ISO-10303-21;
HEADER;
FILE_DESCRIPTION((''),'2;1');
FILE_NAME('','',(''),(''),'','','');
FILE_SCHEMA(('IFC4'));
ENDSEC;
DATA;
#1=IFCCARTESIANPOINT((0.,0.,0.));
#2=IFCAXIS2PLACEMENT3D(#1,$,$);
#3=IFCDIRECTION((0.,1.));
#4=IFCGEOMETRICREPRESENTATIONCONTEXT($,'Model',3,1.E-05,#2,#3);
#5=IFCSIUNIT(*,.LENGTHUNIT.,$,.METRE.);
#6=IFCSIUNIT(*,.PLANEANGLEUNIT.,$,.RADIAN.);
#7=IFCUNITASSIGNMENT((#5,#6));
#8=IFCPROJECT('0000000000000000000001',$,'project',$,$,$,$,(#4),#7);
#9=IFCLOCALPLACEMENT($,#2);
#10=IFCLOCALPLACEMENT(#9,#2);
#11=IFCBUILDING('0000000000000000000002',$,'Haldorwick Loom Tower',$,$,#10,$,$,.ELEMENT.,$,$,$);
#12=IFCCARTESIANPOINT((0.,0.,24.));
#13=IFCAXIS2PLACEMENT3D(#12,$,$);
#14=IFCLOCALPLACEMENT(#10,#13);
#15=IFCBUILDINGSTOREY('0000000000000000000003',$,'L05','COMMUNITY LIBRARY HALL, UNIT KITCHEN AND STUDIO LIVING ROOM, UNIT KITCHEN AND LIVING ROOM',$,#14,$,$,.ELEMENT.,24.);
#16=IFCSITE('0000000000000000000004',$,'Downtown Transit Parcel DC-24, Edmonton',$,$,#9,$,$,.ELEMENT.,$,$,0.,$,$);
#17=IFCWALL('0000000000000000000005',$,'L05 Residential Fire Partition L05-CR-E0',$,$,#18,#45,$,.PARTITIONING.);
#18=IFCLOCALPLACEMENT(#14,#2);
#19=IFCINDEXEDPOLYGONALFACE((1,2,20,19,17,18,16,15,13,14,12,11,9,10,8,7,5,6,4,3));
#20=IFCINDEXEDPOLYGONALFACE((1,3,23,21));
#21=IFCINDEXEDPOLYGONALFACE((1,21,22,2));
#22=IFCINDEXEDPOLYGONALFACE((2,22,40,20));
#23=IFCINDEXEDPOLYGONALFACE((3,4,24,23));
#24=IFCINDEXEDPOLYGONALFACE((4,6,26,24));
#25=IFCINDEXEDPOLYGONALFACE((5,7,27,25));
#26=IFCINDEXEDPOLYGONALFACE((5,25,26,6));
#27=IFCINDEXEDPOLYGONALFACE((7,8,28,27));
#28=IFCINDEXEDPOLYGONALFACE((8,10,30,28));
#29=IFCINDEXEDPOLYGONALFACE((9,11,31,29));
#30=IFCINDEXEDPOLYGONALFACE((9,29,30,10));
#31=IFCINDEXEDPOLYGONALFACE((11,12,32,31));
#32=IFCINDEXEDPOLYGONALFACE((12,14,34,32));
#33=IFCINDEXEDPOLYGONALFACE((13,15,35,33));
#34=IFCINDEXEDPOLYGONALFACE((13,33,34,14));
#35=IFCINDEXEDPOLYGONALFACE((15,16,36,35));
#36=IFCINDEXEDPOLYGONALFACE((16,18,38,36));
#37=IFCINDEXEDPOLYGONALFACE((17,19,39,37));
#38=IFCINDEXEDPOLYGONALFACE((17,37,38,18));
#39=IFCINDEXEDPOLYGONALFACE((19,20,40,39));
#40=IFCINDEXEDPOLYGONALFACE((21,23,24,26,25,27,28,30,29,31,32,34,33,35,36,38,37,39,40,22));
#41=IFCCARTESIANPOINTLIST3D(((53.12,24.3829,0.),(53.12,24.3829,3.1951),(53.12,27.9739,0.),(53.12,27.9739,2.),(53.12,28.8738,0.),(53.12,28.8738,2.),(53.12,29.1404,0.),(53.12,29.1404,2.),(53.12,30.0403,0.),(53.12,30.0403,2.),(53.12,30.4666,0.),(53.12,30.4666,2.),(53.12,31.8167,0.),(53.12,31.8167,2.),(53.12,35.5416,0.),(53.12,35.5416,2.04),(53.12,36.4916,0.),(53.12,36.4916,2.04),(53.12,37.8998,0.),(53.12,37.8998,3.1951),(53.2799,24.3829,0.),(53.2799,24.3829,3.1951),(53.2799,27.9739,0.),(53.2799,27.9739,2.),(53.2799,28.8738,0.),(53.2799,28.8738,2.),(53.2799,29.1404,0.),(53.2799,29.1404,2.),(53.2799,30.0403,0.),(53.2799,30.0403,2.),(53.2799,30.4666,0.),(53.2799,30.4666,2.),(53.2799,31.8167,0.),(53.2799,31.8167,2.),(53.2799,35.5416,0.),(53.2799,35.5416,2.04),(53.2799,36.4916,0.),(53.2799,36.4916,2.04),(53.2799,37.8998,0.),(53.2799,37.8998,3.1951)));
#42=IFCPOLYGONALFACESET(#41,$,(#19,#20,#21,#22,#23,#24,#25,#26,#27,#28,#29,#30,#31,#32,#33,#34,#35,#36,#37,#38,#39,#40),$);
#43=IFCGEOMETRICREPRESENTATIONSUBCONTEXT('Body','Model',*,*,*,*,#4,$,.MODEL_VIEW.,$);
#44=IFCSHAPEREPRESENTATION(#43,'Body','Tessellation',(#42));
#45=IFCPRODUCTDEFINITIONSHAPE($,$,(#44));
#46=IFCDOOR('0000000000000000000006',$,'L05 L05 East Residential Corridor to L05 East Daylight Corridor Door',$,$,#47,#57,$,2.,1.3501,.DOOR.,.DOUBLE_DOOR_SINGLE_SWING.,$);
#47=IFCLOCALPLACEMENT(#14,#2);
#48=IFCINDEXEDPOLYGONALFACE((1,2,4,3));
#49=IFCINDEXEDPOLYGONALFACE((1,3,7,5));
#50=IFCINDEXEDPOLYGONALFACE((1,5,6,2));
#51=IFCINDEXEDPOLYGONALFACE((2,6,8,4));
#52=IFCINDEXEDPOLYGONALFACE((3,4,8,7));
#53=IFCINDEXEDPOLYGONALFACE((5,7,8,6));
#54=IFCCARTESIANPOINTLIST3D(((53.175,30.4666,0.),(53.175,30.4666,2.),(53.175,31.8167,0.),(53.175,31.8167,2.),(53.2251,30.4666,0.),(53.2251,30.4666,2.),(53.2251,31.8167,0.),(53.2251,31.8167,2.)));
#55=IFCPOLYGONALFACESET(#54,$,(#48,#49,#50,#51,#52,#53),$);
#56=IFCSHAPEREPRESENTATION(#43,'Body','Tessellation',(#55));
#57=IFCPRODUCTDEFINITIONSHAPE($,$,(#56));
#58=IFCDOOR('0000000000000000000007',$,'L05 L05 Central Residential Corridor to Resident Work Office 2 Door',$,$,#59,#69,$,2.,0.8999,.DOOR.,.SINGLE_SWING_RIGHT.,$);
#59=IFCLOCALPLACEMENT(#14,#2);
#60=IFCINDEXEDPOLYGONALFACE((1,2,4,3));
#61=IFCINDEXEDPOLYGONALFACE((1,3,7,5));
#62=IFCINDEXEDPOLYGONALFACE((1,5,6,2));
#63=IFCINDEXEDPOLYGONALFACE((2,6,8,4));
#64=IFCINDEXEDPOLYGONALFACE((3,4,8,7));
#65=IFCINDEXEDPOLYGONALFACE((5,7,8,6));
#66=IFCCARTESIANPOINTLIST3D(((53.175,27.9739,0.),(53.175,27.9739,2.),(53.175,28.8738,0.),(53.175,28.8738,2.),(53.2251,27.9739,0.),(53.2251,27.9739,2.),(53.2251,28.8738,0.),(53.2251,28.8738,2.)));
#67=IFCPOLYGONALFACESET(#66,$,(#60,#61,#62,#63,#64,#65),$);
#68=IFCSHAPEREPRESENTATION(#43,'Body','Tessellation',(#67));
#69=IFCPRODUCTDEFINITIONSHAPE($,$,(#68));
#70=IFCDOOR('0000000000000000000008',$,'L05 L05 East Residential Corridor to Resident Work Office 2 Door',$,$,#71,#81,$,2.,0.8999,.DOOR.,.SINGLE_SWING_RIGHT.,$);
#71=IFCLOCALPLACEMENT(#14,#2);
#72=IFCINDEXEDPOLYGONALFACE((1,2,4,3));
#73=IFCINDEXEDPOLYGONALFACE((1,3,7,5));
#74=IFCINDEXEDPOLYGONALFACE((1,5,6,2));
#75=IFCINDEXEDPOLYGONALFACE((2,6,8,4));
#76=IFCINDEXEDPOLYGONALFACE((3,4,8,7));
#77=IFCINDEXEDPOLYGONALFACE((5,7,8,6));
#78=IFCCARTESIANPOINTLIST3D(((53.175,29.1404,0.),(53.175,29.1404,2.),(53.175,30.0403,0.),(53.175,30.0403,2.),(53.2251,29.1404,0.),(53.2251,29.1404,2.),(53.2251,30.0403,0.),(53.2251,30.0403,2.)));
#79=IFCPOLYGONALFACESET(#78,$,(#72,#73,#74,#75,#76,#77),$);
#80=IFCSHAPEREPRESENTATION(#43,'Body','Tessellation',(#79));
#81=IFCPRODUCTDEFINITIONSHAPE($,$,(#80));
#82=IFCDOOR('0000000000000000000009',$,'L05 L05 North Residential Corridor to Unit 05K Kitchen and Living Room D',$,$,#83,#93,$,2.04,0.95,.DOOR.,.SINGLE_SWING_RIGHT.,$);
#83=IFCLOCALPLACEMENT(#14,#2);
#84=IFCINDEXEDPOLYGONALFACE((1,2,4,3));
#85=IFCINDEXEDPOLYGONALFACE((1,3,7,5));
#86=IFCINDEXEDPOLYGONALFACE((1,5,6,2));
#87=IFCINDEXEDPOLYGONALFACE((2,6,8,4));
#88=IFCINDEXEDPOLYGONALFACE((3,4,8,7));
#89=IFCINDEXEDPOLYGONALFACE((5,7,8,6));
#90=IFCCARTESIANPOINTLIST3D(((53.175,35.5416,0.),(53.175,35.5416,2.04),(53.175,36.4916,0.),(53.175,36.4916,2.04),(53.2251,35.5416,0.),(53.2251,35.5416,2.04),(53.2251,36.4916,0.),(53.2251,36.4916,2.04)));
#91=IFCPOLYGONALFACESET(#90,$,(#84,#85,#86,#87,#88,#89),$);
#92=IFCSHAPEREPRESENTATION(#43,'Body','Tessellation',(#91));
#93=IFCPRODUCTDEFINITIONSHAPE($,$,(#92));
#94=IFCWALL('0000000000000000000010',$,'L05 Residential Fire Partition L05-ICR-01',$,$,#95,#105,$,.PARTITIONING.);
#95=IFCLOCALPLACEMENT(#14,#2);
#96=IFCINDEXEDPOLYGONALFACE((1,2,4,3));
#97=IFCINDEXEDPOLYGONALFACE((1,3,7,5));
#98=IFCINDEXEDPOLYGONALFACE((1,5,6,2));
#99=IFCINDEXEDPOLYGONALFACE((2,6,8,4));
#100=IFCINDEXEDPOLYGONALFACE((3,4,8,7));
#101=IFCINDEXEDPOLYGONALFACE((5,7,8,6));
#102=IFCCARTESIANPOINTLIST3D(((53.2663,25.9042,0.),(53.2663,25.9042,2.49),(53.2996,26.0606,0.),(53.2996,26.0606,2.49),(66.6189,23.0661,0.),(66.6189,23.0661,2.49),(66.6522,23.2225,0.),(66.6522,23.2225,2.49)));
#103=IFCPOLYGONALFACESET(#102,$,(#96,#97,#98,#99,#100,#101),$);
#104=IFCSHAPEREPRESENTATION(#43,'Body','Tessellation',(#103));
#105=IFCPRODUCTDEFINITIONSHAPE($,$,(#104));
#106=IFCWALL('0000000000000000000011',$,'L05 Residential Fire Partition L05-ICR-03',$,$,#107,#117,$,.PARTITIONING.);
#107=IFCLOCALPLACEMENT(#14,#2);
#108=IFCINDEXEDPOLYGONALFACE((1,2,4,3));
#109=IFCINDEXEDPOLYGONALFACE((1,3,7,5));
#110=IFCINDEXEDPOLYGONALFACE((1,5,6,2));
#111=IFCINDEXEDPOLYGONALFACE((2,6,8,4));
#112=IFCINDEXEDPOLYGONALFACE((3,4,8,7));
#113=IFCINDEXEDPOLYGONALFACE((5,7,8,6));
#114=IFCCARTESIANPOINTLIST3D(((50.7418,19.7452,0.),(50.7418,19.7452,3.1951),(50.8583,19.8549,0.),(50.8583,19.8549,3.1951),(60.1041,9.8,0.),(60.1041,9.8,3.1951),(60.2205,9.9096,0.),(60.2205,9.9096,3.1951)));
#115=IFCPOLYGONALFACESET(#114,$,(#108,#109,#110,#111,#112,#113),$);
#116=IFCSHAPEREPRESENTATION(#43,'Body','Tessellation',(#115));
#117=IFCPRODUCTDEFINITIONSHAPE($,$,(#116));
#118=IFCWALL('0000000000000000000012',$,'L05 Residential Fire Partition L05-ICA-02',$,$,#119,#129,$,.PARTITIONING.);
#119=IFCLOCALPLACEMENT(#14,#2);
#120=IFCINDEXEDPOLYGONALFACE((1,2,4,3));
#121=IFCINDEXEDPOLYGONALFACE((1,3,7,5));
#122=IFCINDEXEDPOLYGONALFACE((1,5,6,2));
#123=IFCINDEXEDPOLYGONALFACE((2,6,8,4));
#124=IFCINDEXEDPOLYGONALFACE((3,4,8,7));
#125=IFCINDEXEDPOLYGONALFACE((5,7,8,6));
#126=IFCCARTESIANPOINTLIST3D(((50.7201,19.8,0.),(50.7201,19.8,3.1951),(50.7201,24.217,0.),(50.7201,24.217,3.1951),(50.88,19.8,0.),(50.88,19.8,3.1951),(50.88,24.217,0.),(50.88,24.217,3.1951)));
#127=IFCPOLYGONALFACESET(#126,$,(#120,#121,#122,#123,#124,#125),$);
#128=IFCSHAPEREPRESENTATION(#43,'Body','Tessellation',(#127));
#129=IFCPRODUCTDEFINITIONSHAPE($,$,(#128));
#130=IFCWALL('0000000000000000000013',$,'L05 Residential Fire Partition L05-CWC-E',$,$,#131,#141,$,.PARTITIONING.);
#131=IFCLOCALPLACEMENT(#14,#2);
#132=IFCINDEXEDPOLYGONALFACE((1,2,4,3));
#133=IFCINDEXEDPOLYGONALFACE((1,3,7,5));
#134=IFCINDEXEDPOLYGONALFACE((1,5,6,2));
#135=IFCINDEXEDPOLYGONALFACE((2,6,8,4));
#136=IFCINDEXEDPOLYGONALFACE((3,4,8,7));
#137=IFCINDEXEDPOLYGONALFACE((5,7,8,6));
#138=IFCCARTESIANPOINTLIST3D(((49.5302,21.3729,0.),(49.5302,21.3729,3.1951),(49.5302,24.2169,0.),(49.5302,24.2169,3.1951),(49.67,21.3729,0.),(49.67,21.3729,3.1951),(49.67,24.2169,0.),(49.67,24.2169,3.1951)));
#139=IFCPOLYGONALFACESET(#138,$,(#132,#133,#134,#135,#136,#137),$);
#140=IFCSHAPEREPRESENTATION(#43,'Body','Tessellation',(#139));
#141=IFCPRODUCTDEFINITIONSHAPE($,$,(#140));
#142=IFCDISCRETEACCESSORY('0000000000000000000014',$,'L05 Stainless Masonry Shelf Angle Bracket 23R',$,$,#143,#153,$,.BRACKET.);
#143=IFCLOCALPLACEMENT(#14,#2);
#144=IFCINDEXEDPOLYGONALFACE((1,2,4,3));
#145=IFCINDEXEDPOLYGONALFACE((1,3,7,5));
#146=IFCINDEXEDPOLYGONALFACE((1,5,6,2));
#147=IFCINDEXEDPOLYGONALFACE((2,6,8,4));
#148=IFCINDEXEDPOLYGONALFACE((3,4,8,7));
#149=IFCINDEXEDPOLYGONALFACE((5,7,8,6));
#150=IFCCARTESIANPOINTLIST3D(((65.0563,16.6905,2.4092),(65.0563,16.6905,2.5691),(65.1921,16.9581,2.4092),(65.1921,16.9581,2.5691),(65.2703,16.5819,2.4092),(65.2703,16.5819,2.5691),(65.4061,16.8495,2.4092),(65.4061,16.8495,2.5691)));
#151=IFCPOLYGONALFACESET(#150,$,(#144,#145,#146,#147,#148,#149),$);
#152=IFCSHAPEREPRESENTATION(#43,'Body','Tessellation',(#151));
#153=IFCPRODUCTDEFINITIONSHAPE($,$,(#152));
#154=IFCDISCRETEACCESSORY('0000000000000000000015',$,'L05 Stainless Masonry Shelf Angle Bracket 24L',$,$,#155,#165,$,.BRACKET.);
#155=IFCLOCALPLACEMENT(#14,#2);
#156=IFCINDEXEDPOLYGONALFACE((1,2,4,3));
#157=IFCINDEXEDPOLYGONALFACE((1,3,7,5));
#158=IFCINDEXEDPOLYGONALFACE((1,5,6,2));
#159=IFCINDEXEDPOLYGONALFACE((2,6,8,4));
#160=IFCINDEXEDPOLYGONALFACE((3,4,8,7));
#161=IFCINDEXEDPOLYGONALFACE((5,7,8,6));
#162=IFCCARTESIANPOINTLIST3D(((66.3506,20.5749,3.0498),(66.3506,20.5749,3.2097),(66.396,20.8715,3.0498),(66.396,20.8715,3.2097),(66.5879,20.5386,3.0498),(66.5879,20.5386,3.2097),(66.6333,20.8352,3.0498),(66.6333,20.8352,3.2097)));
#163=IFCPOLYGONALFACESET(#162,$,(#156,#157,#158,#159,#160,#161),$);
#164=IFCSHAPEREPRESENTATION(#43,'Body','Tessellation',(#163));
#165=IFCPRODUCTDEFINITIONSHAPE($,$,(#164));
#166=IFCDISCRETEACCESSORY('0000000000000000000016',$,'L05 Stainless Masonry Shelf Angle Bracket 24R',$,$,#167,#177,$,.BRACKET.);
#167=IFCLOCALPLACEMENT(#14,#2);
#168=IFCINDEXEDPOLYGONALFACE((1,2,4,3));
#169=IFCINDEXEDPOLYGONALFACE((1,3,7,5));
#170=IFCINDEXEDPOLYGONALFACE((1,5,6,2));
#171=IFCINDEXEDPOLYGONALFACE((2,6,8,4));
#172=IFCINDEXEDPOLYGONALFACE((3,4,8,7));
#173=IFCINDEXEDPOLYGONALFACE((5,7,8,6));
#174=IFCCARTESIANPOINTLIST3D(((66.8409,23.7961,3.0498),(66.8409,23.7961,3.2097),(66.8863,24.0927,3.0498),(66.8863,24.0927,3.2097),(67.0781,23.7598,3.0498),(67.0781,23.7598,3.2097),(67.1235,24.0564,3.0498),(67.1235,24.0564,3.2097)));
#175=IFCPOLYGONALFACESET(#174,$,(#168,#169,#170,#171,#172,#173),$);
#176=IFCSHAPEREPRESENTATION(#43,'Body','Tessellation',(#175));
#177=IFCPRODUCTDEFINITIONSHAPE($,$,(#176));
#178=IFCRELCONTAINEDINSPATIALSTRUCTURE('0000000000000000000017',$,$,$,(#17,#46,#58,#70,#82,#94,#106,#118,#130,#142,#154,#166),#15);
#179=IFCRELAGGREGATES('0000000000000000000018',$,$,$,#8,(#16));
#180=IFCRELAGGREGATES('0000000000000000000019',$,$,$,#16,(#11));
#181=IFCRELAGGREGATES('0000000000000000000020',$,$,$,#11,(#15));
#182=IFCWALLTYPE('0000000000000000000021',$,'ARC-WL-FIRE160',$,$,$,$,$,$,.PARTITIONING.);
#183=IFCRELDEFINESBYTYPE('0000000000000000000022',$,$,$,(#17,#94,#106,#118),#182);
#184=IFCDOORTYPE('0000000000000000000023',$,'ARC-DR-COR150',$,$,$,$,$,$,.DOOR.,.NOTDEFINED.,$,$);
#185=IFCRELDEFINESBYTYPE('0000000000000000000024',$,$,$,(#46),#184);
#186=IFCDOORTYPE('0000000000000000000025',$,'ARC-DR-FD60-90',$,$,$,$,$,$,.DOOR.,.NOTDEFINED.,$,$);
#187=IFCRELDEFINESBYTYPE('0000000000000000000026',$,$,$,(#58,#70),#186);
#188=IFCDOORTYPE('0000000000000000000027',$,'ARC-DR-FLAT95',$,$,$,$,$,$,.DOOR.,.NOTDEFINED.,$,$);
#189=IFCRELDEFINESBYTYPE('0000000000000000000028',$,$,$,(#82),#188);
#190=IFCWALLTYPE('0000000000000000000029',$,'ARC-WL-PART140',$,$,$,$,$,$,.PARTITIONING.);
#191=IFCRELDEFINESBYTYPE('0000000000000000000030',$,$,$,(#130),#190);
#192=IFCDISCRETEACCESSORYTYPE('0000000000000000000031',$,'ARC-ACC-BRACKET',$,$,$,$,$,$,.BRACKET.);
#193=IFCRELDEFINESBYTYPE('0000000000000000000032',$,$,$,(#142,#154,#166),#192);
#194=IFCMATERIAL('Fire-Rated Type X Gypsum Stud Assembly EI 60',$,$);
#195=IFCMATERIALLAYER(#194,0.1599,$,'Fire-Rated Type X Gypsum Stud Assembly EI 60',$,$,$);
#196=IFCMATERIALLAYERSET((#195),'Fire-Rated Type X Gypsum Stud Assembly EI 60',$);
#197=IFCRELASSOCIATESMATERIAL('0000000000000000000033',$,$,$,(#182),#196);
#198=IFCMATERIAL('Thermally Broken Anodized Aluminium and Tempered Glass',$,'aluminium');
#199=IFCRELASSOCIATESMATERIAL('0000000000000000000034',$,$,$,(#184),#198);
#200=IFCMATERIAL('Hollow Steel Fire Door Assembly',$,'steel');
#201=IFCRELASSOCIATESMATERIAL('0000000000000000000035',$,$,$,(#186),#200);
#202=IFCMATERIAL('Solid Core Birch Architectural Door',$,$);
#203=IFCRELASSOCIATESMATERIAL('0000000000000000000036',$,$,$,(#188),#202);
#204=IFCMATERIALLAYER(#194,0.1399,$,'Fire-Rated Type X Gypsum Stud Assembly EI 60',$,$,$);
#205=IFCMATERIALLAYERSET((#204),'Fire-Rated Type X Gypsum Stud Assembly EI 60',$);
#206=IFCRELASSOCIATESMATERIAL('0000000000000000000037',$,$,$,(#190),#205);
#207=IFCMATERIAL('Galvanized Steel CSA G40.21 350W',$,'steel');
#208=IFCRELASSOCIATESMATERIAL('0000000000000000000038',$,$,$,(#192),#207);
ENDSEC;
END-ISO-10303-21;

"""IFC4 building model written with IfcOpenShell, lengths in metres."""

from ifc_helpers import new_model, si_unit, direction, frame, frame_2d, origin, origin_2d, place, context, subcontext, project, spatial, rectangle, extrude, material, layer, layer_set, type_object, element, fill, save


model = new_model("IFC4")

# Units and contexts
model_context = context("Model", 3, precision=1e-05, world=origin(), true_north=direction((0.0, 1.0)))
body_context = subcontext(model_context, "Body", "Model", "MODEL_VIEW")
ifc_project = project(units=[si_unit("LENGTHUNIT", "METRE"), si_unit("PLANEANGLEUNIT", "RADIAN")], contexts=[model_context])

# Site, building, storey
site_placement = place(None, origin())
site = spatial("IfcSite", under=ifc_project, at=site_placement, Name="Downtown Transit Parcel DC-24, Edmonton", CompositionType="ELEMENT", RefElevation=0.0)
building_placement = place(site_placement, origin())
building = spatial("IfcBuilding", under=site, at=building_placement, Name="Haldorwick Loom Tower", CompositionType="ELEMENT")
storey_placement = place(building_placement, frame((0.0, 0.0, 24.0)))
storey = spatial("IfcBuildingStorey", under=building, at=storey_placement, Name="L05", Description="COMMUNITY LIBRARY HALL, UNIT KITCHEN AND STUDIO LIVING ROOM, UNIT KITCHEN AND LIVING ROOM", CompositionType="ELEMENT", Elevation=24.0)

# Wall, openings, doors
ifc_material_1 = material(Name="Fire-Rated Type X Gypsum Stud Assembly EI 60")
ifc_layer_1 = layer(ifc_material_1, 0.1599, Name="Fire-Rated Type X Gypsum Stud Assembly EI 60")
ifc_layer_set_1 = layer_set([ifc_layer_1], Name="Fire-Rated Type X Gypsum Stud Assembly EI 60")
wall_type_1 = type_object("IfcWallType", Name="ARC-WL-FIRE160", PredefinedType="PARTITIONING", material=ifc_layer_set_1)
wall_1_placement = place(storey_placement, frame((53.2, 24.3831, 0.0), z_axis=(0.0, 0.0, 1.0), x_axis=(0.0, 1.0, 0.0)))
wall_1 = element("IfcWall", 1, at=wall_1_placement, inside=storey, type_object=wall_type_1, Name="L05 Residential Fire Partition L05-CR-E0", PredefinedType="PARTITIONING", context=body_context, shape_type="SweptSolid", body=[
    extrude(rectangle(XDim=13.5168, YDim=0.1599, at=frame_2d((6.7583, 0.0))), origin(), (0.0, 0.0, 1.0), 3.1951),
])
opening_1_placement = place(wall_1_placement, frame((6.0835, 0.0, 0.0)))
opening_1 = element("IfcOpeningElement", 2, at=opening_1_placement, cuts=wall_1, PredefinedType="OPENING", context=body_context, shape_type="SweptSolid", body=[
    extrude(rectangle(XDim=1.3501, YDim=2.0, at=frame_2d((0.675, 1.0))), frame((0.0, 0.0898, 0.0), z_axis=(0.0, -1.0, 0.0), x_axis=(1.0, 0.0, 0.0)), (0.0, 0.0, 1.0), 0.1799),
])
opening_2_placement = place(wall_1_placement, frame((11.1584, 0.0, 0.0)))
opening_2 = element("IfcOpeningElement", 3, at=opening_2_placement, cuts=wall_1, PredefinedType="OPENING", context=body_context, shape_type="SweptSolid", body=[
    extrude(rectangle(XDim=0.95, YDim=2.04, at=frame_2d((0.4751, 1.02))), frame((0.0, 0.0898, 0.0), z_axis=(0.0, -1.0, 0.0), x_axis=(1.0, 0.0, 0.0)), (0.0, 0.0, 1.0), 0.1799),
])
opening_3_placement = place(wall_1_placement, frame((3.5908, 0.0, 0.0)))
opening_3 = element("IfcOpeningElement", 4, at=opening_3_placement, cuts=wall_1, PredefinedType="OPENING", context=body_context, shape_type="SweptSolid", body=[
    extrude(rectangle(XDim=0.8999, YDim=2.0, at=frame_2d((0.45, 1.0))), frame((0.0, 0.0898, 0.0), z_axis=(0.0, -1.0, 0.0), x_axis=(1.0, 0.0, 0.0)), (0.0, 0.0, 1.0), 0.1799),
])
opening_4_placement = place(wall_1_placement, frame((4.7573, 0.0, 0.0)))
opening_4 = element("IfcOpeningElement", 5, at=opening_4_placement, cuts=wall_1, PredefinedType="OPENING", context=body_context, shape_type="SweptSolid", body=[
    extrude(rectangle(XDim=0.8999, YDim=2.0, at=frame_2d((0.45, 1.0))), frame((0.0, 0.0898, 0.0), z_axis=(0.0, -1.0, 0.0), x_axis=(1.0, 0.0, 0.0)), (0.0, 0.0, 1.0), 0.1799),
])
ifc_material_2 = material(Name="Thermally Broken Anodized Aluminium and Tempered Glass", Category="aluminium")
door_type_1 = type_object("IfcDoorType", Name="ARC-DR-COR150", OperationType="NOTDEFINED", PredefinedType="DOOR", material=ifc_material_2)
door_1_placement = place(opening_1_placement, origin())
door_1 = element("IfcDoor", 6, at=door_1_placement, inside=storey, type_object=door_type_1, Name="L05 L05 East Residential Corridor to L05 East Daylight Corridor Door", OperationType="DOUBLE_DOOR_SINGLE_SWING", OverallHeight=2.0, OverallWidth=1.3501, PredefinedType="DOOR", context=body_context, shape_type="SweptSolid", body=[
    extrude(rectangle(XDim=1.3501, YDim=2.0, at=frame_2d((0.675, 1.0))), frame((0.0, 0.0249, 0.0), z_axis=(0.0, -1.0, 0.0), x_axis=(1.0, 0.0, 0.0)), (0.0, 0.0, 1.0), 0.05),
])
fill(opening_1, door_1)
ifc_material_3 = material(Name="Hollow Steel Fire Door Assembly", Category="steel")
door_type_2 = type_object("IfcDoorType", Name="ARC-DR-FD60-90", OperationType="NOTDEFINED", PredefinedType="DOOR", material=ifc_material_3)
door_2_placement = place(opening_3_placement, origin())
door_2 = element("IfcDoor", 7, at=door_2_placement, inside=storey, type_object=door_type_2, Name="L05 L05 Central Residential Corridor to Resident Work Office 2 Door", OperationType="SINGLE_SWING_RIGHT", OverallHeight=2.0, OverallWidth=0.8999, PredefinedType="DOOR", context=body_context, shape_type="SweptSolid", body=[
    extrude(rectangle(XDim=0.8999, YDim=2.0, at=frame_2d((0.45, 1.0))), frame((0.0, 0.0249, 0.0), z_axis=(0.0, -1.0, 0.0), x_axis=(1.0, 0.0, 0.0)), (0.0, 0.0, 1.0), 0.05),
])
fill(opening_3, door_2)
door_3_placement = place(opening_4_placement, origin())
door_3 = element("IfcDoor", 8, at=door_3_placement, inside=storey, type_object=door_type_2, Name="L05 L05 East Residential Corridor to Resident Work Office 2 Door", OperationType="SINGLE_SWING_RIGHT", OverallHeight=2.0, OverallWidth=0.8999, PredefinedType="DOOR", context=body_context, shape_type="SweptSolid", body=[
    extrude(rectangle(XDim=0.8999, YDim=2.0, at=frame_2d((0.45, 1.0))), frame((0.0, 0.0249, 0.0), z_axis=(0.0, -1.0, 0.0), x_axis=(1.0, 0.0, 0.0)), (0.0, 0.0, 1.0), 0.05),
])
fill(opening_4, door_3)
ifc_material_4 = material(Name="Solid Core Birch Architectural Door")
door_type_3 = type_object("IfcDoorType", Name="ARC-DR-FLAT95", OperationType="NOTDEFINED", PredefinedType="DOOR", material=ifc_material_4)
door_4_placement = place(opening_2_placement, origin())
door_4 = element("IfcDoor", 9, at=door_4_placement, inside=storey, type_object=door_type_3, Name="L05 L05 North Residential Corridor to Unit 05K Kitchen and Living Room D", OperationType="SINGLE_SWING_RIGHT", OverallHeight=2.04, OverallWidth=0.95, PredefinedType="DOOR", context=body_context, shape_type="SweptSolid", body=[
    extrude(rectangle(XDim=0.95, YDim=2.04, at=frame_2d((0.4751, 1.02))), frame((0.0, 0.0249, 0.0), z_axis=(0.0, -1.0, 0.0), x_axis=(1.0, 0.0, 0.0)), (0.0, 0.0, 1.0), 0.05),
])
fill(opening_2, door_4)

# Walls
wall_2_placement = place(storey_placement, frame((53.283, 25.9824, 0.0), z_axis=(0.0, 0.0, 1.0), x_axis=(0.978148, -0.207909, 0.0)))
element("IfcWall", 10, at=wall_2_placement, inside=storey, type_object=wall_type_1, Name="L05 Residential Fire Partition L05-ICR-01", PredefinedType="PARTITIONING", context=body_context, shape_type="SweptSolid", body=[
    extrude(rectangle(XDim=13.6509, YDim=0.1599, at=frame_2d((6.8254, 0.0))), origin(), (0.0, 0.0, 1.0), 2.49),
])
wall_3_placement = place(storey_placement, frame((50.8, 19.8, 0.0), z_axis=(0.0, 0.0, 1.0), x_axis=(0.685443, -0.728127, 0.0)))
element("IfcWall", 11, at=wall_3_placement, inside=storey, type_object=wall_type_1, Name="L05 Residential Fire Partition L05-ICR-03", PredefinedType="PARTITIONING", context=body_context, shape_type="SweptSolid", body=[
    extrude(rectangle(XDim=13.6587, YDim=0.1599, at=frame_2d((6.8293, 0.0))), origin(), (0.0, 0.0, 1.0), 3.1951),
])
wall_4_placement = place(storey_placement, frame((50.8, 24.217, 0.0), z_axis=(0.0, 0.0, 1.0), x_axis=(0.0, -1.0, 0.0)))
element("IfcWall", 12, at=wall_4_placement, inside=storey, type_object=wall_type_1, Name="L05 Residential Fire Partition L05-ICA-02", PredefinedType="PARTITIONING", context=body_context, shape_type="SweptSolid", body=[
    extrude(rectangle(XDim=4.417, YDim=0.1599, at=frame_2d((2.2085, 0.0))), origin(), (0.0, 0.0, 1.0), 3.1951),
])
ifc_layer_2 = layer(ifc_material_1, 0.1399, Name="Fire-Rated Type X Gypsum Stud Assembly EI 60")
ifc_layer_set_2 = layer_set([ifc_layer_2], Name="Fire-Rated Type X Gypsum Stud Assembly EI 60")
wall_type_2 = type_object("IfcWallType", Name="ARC-WL-PART140", PredefinedType="PARTITIONING", material=ifc_layer_set_2)
wall_5_placement = place(storey_placement, frame((49.6001, 21.373, 0.0), z_axis=(0.0, 0.0, 1.0), x_axis=(0.0, 1.0, 0.0)))
element("IfcWall", 13, at=wall_5_placement, inside=storey, type_object=wall_type_2, Name="L05 Residential Fire Partition L05-CWC-E", PredefinedType="PARTITIONING", context=body_context, shape_type="SweptSolid", body=[
    extrude(rectangle(XDim=2.844, YDim=0.1399, at=frame_2d((1.4219, 0.0))), origin(), (0.0, 0.0, 1.0), 3.1951),
])

# Discrete accessories
ifc_material_5 = material(Name="Galvanized Steel CSA G40.21 350W", Category="steel")
discrete_accessory_type = type_object("IfcDiscreteAccessoryType", Name="ARC-ACC-BRACKET", PredefinedType="BRACKET", material=ifc_material_5)
for number, where, z_axis, x_axis, name in (
    (14, (65.2312, 16.77, 2.4092), (0.0, 0.0, 1.0), (0.452435, 0.891798, 0.0), "L05 Stainless Masonry Shelf Angle Bracket 23R"),
    (15, (66.4919, 20.7051, 3.0498), (0.0, 0.0, 1.0), (0.151261, 0.988494, 0.0), "L05 Stainless Masonry Shelf Angle Bracket 24L"),
    (16, (66.9822, 23.9263, 3.0498), (0.0, 0.0, 1.0), (0.151261, 0.988494, 0.0), "L05 Stainless Masonry Shelf Angle Bracket 24R"),
):
    element("IfcDiscreteAccessory", number, at=place(storey_placement, frame(where, z_axis=z_axis, x_axis=x_axis)), inside=storey, type_object=discrete_accessory_type, Name=name, PredefinedType="BRACKET", context=body_context, shape_type="SweptSolid", body=[
        extrude(rectangle(XDim=0.3, YDim=0.24, at=origin_2d()), origin(), (0.0, 0.0, 1.0), 0.1599),
    ])

save(model, "model.ifc")
